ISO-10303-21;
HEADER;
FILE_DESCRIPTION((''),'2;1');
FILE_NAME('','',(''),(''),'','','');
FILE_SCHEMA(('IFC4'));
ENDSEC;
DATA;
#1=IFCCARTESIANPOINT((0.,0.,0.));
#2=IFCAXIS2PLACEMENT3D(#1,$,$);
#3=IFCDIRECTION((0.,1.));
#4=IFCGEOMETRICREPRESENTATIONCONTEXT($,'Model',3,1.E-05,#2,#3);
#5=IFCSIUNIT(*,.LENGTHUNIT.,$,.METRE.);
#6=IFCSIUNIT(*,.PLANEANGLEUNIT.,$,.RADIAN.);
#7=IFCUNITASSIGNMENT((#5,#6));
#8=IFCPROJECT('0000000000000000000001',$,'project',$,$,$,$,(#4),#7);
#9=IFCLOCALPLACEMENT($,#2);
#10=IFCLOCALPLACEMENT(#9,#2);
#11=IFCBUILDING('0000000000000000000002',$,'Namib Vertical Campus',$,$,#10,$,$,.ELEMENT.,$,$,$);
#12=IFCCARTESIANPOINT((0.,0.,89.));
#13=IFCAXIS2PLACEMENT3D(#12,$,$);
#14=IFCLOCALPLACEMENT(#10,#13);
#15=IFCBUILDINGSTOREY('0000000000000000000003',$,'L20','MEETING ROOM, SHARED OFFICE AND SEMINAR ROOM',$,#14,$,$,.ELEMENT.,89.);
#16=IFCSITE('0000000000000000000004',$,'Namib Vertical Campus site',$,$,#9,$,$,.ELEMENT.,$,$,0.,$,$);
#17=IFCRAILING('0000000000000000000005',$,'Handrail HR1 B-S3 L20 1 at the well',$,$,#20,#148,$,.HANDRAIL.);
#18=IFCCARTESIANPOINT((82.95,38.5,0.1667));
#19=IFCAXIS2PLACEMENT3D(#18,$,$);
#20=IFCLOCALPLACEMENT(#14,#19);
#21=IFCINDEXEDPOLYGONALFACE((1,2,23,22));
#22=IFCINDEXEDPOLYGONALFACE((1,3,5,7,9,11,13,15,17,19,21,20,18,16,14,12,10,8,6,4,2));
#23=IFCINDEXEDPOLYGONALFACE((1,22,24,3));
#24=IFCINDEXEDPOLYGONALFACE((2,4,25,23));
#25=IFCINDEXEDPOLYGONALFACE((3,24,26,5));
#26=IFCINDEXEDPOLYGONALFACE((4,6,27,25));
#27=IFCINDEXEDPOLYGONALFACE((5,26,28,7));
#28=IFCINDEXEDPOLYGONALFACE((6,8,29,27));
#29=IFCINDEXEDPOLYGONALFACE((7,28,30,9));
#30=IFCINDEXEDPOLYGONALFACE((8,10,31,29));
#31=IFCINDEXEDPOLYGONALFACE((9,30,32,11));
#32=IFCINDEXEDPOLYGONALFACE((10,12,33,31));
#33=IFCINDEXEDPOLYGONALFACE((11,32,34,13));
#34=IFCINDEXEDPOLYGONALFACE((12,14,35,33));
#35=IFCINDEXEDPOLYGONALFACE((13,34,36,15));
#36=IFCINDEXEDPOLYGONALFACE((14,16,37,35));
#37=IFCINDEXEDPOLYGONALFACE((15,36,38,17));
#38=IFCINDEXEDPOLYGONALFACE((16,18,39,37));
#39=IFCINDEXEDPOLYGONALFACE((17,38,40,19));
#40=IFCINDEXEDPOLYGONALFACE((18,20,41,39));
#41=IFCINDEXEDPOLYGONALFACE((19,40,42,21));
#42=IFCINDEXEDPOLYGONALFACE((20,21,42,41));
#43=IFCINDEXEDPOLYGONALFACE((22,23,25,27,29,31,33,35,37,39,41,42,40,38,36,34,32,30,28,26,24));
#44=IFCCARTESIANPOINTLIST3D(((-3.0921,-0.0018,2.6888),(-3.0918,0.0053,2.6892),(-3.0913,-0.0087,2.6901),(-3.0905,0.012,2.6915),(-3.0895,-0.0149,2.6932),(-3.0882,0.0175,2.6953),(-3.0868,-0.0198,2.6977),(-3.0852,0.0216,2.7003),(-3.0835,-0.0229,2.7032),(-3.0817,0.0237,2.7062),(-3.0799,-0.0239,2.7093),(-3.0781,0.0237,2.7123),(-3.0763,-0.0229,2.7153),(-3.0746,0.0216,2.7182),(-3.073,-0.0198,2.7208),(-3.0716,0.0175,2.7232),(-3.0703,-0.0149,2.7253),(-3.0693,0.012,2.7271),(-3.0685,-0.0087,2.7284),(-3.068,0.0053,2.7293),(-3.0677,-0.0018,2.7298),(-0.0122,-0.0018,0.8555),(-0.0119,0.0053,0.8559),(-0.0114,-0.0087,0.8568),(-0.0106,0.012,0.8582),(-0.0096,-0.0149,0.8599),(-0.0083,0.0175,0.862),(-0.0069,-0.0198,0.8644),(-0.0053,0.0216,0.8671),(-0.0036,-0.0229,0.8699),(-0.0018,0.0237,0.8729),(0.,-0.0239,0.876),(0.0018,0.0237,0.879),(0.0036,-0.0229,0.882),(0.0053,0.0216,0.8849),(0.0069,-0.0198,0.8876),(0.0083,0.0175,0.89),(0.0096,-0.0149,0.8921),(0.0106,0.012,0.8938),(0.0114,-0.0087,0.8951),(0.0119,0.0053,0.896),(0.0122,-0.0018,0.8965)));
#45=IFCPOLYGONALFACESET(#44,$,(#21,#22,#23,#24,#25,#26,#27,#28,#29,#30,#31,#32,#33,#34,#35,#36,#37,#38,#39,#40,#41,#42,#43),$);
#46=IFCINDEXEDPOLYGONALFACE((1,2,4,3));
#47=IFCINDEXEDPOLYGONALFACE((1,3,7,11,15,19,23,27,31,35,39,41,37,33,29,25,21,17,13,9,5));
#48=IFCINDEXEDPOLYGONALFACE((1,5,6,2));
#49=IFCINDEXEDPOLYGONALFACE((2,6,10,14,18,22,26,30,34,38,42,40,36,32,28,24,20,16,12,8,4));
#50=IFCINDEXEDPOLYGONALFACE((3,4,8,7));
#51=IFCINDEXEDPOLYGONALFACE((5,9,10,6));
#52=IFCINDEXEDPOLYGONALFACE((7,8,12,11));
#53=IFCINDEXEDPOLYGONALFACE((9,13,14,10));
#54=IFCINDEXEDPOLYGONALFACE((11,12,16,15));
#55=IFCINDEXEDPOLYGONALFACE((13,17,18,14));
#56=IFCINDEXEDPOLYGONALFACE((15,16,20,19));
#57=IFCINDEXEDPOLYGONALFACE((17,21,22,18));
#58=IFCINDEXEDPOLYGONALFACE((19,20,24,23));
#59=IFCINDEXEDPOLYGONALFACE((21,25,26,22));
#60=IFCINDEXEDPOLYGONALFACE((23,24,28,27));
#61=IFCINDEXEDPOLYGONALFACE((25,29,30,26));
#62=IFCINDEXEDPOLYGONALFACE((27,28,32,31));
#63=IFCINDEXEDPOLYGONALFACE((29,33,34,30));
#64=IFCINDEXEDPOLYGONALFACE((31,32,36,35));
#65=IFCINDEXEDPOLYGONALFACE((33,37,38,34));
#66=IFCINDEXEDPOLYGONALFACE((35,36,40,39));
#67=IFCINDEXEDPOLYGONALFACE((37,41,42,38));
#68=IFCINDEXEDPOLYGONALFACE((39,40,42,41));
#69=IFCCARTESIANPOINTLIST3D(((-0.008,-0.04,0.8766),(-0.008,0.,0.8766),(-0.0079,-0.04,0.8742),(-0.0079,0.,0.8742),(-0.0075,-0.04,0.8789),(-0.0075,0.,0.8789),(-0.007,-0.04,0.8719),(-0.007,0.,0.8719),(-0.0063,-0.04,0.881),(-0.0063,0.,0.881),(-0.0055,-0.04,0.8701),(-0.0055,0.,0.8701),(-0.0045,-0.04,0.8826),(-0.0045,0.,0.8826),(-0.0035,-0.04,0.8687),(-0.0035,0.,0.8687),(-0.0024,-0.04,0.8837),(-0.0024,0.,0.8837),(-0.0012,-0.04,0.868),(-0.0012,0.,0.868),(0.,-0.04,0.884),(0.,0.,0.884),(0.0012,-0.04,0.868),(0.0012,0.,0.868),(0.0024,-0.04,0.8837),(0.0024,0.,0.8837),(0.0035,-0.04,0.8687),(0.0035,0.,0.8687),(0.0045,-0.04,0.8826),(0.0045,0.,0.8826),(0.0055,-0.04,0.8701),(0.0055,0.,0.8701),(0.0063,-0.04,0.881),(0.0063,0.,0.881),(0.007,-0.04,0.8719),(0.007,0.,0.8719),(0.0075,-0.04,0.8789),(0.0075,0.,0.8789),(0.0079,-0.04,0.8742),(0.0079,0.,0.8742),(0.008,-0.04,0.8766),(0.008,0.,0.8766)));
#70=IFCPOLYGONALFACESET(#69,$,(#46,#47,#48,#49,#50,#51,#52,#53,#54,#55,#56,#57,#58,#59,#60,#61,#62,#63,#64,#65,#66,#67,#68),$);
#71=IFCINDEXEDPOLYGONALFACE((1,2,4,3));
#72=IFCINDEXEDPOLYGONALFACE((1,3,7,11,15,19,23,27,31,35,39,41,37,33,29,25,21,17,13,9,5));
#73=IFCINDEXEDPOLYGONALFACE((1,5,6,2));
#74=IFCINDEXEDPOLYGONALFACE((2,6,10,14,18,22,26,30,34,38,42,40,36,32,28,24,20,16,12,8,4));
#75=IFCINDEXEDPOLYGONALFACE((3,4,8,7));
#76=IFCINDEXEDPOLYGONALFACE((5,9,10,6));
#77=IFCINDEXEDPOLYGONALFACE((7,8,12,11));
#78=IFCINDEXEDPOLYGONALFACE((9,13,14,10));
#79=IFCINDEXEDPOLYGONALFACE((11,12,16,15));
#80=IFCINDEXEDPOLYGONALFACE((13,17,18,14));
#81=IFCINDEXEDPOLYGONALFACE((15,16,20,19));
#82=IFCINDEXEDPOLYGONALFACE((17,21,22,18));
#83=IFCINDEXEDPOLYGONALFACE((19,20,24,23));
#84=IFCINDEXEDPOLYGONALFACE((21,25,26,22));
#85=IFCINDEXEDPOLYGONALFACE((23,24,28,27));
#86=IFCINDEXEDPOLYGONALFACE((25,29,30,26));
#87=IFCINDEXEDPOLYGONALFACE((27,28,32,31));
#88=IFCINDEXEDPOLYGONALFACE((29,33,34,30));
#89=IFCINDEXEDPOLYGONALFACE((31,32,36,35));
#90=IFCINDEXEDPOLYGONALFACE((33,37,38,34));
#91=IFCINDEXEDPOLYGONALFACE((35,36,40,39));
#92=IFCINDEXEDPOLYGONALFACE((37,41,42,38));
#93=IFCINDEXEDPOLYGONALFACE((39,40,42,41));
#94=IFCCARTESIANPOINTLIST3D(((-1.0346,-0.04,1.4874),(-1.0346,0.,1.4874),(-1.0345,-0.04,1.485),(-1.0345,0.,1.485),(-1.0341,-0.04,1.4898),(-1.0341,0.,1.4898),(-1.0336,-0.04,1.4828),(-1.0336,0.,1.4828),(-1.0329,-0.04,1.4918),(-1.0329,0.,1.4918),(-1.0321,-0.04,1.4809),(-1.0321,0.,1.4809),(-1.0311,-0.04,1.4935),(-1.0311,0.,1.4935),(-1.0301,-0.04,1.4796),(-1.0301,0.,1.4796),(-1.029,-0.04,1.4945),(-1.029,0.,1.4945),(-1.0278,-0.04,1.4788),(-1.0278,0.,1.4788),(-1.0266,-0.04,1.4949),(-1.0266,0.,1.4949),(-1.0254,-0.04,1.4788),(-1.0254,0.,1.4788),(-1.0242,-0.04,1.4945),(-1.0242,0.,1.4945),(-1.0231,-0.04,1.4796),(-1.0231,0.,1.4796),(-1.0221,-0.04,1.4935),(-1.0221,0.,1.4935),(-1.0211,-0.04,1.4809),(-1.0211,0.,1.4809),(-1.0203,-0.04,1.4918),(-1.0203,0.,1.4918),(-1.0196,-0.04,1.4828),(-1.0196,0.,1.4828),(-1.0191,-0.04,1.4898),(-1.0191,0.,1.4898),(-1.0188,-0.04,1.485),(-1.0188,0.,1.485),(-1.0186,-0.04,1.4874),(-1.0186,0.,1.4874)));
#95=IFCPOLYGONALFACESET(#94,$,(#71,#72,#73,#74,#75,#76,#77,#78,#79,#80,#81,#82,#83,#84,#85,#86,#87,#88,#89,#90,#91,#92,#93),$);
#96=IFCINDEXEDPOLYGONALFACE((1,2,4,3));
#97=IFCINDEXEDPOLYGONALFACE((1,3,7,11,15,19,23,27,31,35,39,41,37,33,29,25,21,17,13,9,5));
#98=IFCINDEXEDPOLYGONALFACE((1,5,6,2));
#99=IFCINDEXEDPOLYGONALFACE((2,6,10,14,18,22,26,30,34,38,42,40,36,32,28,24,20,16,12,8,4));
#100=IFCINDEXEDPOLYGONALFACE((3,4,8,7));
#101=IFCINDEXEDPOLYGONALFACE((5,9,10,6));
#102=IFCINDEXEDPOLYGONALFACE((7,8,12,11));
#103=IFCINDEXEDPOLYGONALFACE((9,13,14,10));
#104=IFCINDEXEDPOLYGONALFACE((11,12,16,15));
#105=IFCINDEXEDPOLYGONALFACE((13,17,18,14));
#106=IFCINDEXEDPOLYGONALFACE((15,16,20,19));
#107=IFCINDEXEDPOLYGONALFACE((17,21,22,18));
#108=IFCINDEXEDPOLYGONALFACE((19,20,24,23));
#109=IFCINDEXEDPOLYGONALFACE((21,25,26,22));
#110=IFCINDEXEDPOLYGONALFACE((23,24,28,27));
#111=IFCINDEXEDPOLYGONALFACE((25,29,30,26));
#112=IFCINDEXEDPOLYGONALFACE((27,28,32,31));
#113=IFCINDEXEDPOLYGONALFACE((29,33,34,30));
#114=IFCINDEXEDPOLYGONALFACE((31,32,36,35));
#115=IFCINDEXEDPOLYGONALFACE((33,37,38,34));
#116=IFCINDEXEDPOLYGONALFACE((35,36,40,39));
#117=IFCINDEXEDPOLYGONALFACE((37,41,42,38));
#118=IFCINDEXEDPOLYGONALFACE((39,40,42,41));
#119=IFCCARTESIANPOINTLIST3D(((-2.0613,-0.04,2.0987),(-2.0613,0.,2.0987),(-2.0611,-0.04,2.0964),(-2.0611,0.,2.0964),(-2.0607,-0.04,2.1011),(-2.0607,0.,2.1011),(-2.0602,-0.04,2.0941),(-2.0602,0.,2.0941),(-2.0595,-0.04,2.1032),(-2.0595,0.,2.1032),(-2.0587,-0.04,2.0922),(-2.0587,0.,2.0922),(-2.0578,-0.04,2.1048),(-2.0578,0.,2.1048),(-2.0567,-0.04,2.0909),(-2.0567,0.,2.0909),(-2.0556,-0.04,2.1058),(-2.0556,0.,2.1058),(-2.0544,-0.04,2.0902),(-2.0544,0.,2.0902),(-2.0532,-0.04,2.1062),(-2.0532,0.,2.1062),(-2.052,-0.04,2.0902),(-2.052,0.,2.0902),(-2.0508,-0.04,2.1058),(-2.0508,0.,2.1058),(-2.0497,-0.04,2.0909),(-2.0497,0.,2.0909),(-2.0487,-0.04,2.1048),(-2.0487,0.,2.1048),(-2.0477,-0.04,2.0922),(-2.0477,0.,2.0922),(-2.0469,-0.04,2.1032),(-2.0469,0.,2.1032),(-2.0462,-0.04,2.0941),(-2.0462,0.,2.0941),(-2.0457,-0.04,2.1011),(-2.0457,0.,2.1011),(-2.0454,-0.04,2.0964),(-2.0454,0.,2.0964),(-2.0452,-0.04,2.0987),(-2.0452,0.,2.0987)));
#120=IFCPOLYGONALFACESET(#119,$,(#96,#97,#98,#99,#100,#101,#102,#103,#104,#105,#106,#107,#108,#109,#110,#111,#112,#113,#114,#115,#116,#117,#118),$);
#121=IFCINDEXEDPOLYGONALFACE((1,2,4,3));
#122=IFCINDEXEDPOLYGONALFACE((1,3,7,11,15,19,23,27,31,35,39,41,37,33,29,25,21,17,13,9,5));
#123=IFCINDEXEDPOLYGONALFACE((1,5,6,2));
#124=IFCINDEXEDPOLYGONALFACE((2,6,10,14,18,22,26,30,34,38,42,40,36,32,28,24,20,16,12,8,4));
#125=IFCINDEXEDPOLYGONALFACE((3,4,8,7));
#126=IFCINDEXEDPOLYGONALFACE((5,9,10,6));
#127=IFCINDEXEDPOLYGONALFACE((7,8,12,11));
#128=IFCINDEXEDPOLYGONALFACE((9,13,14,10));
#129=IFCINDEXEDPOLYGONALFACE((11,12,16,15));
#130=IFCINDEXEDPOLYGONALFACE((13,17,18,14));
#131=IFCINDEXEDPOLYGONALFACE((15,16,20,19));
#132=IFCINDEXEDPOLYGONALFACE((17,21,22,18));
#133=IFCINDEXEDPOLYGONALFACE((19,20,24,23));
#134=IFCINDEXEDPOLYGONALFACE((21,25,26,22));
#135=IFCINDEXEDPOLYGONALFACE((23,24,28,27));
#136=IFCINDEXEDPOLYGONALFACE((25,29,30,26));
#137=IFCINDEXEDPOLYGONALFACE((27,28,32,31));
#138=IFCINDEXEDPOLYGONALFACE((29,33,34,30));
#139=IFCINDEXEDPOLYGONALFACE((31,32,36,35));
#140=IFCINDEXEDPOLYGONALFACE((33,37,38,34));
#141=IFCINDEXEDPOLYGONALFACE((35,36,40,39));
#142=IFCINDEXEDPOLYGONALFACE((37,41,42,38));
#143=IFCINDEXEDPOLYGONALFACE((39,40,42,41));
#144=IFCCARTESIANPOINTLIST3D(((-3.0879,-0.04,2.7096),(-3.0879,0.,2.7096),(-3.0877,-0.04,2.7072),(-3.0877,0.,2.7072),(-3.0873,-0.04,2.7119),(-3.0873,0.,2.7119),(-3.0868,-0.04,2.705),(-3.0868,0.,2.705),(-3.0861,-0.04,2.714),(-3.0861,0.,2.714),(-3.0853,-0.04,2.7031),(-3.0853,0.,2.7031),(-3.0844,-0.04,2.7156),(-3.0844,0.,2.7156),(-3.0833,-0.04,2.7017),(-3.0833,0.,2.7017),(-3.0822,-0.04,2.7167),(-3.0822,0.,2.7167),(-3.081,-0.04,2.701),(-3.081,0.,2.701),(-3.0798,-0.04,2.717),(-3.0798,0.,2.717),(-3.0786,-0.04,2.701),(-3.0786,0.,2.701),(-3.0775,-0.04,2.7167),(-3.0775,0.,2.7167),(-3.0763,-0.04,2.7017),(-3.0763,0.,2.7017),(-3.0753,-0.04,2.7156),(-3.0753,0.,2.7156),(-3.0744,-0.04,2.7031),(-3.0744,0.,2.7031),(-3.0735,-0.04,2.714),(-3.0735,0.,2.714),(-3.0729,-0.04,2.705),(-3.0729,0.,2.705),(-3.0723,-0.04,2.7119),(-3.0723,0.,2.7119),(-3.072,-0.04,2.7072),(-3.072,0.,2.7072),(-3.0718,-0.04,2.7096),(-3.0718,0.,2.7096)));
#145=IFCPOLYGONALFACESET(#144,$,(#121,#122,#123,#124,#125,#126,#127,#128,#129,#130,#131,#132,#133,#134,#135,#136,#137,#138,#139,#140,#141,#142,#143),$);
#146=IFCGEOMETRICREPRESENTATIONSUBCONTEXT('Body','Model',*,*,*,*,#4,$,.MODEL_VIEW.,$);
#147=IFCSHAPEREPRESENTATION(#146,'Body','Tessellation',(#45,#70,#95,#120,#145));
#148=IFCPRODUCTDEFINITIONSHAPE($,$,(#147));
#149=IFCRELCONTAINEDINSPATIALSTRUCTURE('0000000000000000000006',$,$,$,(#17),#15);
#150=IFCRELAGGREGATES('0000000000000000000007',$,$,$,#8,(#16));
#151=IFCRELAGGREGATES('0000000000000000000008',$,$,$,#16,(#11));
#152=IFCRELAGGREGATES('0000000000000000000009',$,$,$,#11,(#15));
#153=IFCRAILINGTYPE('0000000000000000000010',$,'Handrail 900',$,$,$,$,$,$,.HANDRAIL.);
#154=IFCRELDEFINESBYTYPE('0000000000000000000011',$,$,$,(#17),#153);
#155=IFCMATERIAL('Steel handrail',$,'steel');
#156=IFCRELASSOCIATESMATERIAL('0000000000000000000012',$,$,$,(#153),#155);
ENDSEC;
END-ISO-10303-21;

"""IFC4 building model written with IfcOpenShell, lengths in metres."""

from ifc_helpers import new_model, si_unit, direction, frame, origin, origin_2d, place, context, subcontext, project, spatial, circle, extrude, material, type_object, element, save


model = new_model("IFC4")

# Units and contexts
model_context = context("Model", 3, precision=1e-05, world=origin(), true_north=direction((0.0, 1.0)))
body_context = subcontext(model_context, "Body", "Model", "MODEL_VIEW")
ifc_project = project(units=[si_unit("LENGTHUNIT", "METRE"), si_unit("PLANEANGLEUNIT", "RADIAN")], contexts=[model_context])

# Site, building, storey
site_placement = place(None, origin())
site = spatial("IfcSite", under=ifc_project, at=site_placement, Name="Namib Vertical Campus site", CompositionType="ELEMENT", RefElevation=0.0)
building_placement = place(site_placement, origin())
building = spatial("IfcBuilding", under=site, at=building_placement, Name="Namib Vertical Campus", CompositionType="ELEMENT")
storey_placement = place(building_placement, frame((0.0, 0.0, 89.0)))
storey = spatial("IfcBuildingStorey", under=building, at=storey_placement, Name="L20", Description="MEETING ROOM, SHARED OFFICE AND SEMINAR ROOM", CompositionType="ELEMENT", Elevation=89.0)

# Railing
ifc_material_1 = material(Name="Steel handrail", Category="steel")
railing_type_1 = type_object("IfcRailingType", Name="Handrail 900", PredefinedType="HANDRAIL", material=ifc_material_1)
railing_1_placement = place(storey_placement, frame((82.95, 38.5, 0.1667)))
element("IfcRailing", 1, at=railing_1_placement, inside=storey, type_object=railing_type_1, Name="Handrail HR1 B-S3 L20 1 at the well", PredefinedType="HANDRAIL", context=body_context, shape_type="SweptSolid", body=[
    extrude(circle(Radius=0.0239, at=origin_2d()), frame((0.0, 0.0, 0.876), z_axis=(-0.859291, 0.0, 0.511487), x_axis=(0.0, -1.0, 0.0)), (0.0, 0.0, 1.0), 3.5842),
    extrude(circle(Radius=0.0081, at=origin_2d()), frame((0.0, 0.0, 0.876), z_axis=(0.0, -1.0, 0.0), x_axis=(0.0, 0.0, 1.0)), (0.0, 0.0, 1.0), 0.04),
    extrude(circle(Radius=0.0081, at=origin_2d()), frame((-1.0266, 0.0, 1.4868), z_axis=(0.0, -1.0, 0.0), x_axis=(0.0, 0.0, 1.0)), (0.0, 0.0, 1.0), 0.04),
    extrude(circle(Radius=0.0081, at=origin_2d()), frame((-2.0532, 0.0, 2.0981), z_axis=(0.0, -1.0, 0.0), x_axis=(0.0, 0.0, 1.0)), (0.0, 0.0, 1.0), 0.04),
    extrude(circle(Radius=0.0081, at=origin_2d()), frame((-3.0798, 0.0, 2.709), z_axis=(0.0, -1.0, 0.0), x_axis=(0.0, 0.0, 1.0)), (0.0, 0.0, 1.0), 0.04),
])

save(model, "model.ifc")
